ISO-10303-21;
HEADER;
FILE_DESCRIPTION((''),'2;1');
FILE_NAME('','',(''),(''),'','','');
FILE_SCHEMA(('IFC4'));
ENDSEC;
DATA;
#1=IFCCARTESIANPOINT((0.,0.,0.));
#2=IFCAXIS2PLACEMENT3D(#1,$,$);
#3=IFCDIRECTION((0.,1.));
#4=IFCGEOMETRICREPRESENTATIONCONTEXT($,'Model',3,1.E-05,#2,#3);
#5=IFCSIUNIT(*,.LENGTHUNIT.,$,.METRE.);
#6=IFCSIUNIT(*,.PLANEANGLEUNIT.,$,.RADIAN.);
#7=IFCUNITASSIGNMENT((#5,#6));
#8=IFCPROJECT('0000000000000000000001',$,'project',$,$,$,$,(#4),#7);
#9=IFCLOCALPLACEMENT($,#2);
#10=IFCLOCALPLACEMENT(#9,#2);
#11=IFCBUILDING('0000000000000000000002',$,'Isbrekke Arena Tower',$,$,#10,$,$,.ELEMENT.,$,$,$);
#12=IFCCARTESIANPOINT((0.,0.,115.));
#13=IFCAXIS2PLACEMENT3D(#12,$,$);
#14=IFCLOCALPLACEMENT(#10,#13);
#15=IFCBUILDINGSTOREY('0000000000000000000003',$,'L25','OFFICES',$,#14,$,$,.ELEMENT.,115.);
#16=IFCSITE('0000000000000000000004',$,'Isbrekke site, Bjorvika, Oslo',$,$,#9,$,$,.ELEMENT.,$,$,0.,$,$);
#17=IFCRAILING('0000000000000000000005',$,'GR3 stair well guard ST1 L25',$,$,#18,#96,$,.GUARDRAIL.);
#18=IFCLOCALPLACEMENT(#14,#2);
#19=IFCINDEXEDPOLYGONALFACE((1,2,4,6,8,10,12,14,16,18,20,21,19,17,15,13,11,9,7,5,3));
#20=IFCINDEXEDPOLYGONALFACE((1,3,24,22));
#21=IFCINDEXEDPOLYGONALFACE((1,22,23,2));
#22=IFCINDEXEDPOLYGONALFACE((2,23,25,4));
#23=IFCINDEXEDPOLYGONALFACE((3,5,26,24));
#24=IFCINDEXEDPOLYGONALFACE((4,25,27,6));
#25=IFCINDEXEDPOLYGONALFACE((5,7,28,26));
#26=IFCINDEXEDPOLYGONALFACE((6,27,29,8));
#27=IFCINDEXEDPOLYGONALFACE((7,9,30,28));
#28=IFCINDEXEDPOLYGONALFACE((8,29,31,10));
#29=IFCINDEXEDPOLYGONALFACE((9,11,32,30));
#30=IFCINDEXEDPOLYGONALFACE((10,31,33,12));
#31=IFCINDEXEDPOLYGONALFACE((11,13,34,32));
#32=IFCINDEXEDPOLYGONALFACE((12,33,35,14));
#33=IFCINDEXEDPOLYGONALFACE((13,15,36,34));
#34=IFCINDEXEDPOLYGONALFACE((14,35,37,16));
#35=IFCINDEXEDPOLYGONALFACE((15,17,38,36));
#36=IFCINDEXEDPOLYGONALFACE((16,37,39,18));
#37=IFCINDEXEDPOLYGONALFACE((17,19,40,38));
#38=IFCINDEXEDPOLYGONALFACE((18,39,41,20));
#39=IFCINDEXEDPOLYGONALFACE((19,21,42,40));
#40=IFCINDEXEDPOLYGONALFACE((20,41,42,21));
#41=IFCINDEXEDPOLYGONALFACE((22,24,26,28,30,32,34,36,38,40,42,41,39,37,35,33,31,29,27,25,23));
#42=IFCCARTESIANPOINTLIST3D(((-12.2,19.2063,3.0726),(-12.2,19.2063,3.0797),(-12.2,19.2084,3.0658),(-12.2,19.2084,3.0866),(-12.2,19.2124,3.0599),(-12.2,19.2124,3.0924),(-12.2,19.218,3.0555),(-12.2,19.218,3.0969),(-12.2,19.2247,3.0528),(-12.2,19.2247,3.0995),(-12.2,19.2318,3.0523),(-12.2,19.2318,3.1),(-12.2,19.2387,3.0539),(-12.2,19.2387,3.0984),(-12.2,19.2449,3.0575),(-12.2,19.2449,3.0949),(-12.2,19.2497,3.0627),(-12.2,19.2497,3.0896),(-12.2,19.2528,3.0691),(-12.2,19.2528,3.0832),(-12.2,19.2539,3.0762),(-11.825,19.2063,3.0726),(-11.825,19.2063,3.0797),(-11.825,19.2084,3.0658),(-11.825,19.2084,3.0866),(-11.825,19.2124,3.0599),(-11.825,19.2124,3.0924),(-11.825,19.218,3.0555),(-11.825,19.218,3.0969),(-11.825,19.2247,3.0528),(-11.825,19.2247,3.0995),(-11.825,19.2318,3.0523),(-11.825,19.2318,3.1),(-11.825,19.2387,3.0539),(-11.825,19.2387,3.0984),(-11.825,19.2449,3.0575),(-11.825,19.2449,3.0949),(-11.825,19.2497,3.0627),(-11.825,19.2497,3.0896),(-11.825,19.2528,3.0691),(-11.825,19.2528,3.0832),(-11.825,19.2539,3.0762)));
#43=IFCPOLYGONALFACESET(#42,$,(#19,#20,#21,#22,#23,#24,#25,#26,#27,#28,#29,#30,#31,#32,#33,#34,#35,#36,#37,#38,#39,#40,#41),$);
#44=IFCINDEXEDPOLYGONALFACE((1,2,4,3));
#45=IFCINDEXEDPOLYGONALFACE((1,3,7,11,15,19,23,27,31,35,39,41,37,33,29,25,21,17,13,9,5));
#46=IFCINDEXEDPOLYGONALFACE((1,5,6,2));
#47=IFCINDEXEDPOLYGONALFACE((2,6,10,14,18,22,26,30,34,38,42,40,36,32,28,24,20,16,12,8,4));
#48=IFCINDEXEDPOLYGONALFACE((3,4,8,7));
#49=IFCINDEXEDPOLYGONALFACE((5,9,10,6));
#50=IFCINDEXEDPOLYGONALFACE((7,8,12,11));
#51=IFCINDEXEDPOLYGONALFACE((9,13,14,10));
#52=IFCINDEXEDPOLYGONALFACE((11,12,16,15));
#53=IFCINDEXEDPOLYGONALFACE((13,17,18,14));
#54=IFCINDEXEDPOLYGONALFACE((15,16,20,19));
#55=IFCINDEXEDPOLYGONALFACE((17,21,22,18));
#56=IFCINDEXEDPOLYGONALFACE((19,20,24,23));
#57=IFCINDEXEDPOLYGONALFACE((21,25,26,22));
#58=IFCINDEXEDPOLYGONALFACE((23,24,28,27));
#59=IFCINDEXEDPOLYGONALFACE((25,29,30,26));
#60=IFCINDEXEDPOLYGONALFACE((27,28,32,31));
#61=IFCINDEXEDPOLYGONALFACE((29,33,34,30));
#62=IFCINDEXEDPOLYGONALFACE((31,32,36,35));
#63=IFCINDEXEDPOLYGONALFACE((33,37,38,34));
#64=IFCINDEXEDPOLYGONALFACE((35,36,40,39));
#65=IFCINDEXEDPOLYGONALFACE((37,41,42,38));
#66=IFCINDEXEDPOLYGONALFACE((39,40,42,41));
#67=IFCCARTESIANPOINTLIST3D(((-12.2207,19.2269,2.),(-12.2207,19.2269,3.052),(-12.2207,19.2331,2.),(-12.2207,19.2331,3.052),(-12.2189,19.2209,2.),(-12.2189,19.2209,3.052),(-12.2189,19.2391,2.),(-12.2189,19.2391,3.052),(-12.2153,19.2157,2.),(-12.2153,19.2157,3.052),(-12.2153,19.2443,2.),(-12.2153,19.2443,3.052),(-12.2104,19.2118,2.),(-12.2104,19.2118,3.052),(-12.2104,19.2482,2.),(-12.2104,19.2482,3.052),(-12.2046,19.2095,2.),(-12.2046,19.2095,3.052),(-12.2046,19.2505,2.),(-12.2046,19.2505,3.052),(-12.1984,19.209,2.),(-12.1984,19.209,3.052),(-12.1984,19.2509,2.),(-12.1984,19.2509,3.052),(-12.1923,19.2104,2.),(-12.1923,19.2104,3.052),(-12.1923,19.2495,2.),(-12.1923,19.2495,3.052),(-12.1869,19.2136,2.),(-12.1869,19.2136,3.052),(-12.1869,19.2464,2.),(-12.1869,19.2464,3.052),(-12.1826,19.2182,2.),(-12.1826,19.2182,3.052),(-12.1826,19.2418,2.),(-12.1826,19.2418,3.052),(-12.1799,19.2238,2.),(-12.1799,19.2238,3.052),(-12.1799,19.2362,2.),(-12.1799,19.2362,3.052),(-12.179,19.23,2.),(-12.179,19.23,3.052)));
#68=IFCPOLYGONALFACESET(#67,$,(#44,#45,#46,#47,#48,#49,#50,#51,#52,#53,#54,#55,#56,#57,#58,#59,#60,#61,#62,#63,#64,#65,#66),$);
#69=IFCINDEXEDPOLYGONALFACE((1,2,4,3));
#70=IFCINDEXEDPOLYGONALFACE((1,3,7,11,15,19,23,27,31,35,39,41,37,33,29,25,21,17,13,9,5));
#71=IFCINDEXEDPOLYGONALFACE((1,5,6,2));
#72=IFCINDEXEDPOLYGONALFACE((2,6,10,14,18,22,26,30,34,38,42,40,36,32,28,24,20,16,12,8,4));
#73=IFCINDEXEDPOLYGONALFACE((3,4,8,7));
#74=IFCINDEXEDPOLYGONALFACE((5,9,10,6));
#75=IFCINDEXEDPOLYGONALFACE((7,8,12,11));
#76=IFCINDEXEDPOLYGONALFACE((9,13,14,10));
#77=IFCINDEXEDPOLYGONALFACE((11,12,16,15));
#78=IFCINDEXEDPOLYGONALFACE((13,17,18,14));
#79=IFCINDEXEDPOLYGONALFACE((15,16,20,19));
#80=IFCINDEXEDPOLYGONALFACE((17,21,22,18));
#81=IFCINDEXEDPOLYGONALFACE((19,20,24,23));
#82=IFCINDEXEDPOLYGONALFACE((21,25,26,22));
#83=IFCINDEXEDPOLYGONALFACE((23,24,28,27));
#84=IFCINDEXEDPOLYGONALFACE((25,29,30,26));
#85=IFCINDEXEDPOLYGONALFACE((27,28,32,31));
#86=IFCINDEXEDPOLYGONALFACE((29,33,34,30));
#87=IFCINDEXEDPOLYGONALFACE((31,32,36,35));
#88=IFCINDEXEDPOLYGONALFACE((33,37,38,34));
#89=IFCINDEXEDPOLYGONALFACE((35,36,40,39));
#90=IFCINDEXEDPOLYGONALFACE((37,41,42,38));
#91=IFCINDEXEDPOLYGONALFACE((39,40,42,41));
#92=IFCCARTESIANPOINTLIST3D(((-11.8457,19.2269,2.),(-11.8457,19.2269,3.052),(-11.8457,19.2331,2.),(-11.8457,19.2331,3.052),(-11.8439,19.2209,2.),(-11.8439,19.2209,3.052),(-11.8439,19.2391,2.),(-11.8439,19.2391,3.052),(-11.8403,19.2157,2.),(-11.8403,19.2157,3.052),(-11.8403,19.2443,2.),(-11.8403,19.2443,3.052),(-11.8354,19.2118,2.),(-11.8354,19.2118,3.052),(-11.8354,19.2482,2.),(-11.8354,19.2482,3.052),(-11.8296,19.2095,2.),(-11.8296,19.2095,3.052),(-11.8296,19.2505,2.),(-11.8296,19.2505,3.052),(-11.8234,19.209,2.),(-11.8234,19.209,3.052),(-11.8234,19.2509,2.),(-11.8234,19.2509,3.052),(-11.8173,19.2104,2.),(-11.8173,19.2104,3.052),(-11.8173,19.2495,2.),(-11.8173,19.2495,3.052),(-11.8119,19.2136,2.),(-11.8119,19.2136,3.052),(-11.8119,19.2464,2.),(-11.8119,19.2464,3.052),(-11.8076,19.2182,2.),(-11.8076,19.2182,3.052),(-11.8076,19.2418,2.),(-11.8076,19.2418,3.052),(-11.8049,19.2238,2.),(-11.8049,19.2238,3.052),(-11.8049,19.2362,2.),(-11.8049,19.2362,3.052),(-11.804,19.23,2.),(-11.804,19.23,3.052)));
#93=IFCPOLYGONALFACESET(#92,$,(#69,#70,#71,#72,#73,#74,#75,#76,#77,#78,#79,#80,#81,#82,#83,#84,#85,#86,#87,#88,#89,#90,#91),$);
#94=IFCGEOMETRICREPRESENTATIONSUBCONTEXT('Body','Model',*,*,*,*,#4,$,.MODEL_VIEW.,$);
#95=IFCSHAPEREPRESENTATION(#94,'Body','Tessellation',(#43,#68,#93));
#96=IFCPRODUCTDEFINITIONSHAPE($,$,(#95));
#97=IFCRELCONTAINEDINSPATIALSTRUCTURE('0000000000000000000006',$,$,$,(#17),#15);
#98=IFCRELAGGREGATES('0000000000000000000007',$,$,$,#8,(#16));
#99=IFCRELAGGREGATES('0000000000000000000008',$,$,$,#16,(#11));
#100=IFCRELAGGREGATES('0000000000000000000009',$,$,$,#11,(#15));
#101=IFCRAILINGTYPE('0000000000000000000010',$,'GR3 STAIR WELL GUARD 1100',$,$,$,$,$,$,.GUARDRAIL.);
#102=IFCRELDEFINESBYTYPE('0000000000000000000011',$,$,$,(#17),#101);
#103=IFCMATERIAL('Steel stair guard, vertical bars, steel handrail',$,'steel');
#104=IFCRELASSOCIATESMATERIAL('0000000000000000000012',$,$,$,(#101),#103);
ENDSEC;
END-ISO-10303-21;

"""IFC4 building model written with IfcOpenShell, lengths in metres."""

from ifc_helpers import new_model, si_unit, direction, frame, origin, origin_2d, place, context, subcontext, project, spatial, circle, extrude, material, type_object, element, save


model = new_model("IFC4")

# Units and contexts
model_context = context("Model", 3, precision=1e-05, world=origin(), true_north=direction((0.0, 1.0)))
body_context = subcontext(model_context, "Body", "Model", "MODEL_VIEW")
ifc_project = project(units=[si_unit("LENGTHUNIT", "METRE"), si_unit("PLANEANGLEUNIT", "RADIAN")], contexts=[model_context])

# Site, building, storey
site_placement = place(None, origin())
site = spatial("IfcSite", under=ifc_project, at=site_placement, Name="Isbrekke site, Bjorvika, Oslo", CompositionType="ELEMENT", RefElevation=0.0)
building_placement = place(site_placement, origin())
building = spatial("IfcBuilding", under=site, at=building_placement, Name="Isbrekke Arena Tower", CompositionType="ELEMENT")
storey_placement = place(building_placement, frame((0.0, 0.0, 115.0)))
storey = spatial("IfcBuildingStorey", under=building, at=storey_placement, Name="L25", Description="OFFICES", CompositionType="ELEMENT", Elevation=115.0)

# Railing
ifc_material_1 = material(Name="Steel stair guard, vertical bars, steel handrail", Category="steel")
railing_type = type_object("IfcRailingType", Name="GR3 STAIR WELL GUARD 1100", PredefinedType="GUARDRAIL", material=ifc_material_1)
for number, where, name in (
    (1, (-12.2, 19.23, 2.0), "GR3 stair well guard ST1 L25"),
):
    element("IfcRailing", number, at=place(storey_placement, frame(where)), inside=storey, type_object=railing_type, Name=name, PredefinedType="GUARDRAIL", context=body_context, shape_type="SweptSolid", body=[
        extrude(circle(Radius=0.0239, at=origin_2d()), frame((0.0, 0.0, 1.0762), z_axis=(1.0, 0.0, 0.0), x_axis=(0.0, 1.0, 0.0)), (0.0, 0.0, 1.0), 0.375),
        extrude(circle(Radius=0.021, at=origin_2d()), origin(), (0.0, 0.0, 1.0), 1.052),
        extrude(circle(Radius=0.021, at=origin_2d()), frame((0.375, 0.0, 0.0)), (0.0, 0.0, 1.0), 1.052),
    ])

save(model, "model.ifc")
